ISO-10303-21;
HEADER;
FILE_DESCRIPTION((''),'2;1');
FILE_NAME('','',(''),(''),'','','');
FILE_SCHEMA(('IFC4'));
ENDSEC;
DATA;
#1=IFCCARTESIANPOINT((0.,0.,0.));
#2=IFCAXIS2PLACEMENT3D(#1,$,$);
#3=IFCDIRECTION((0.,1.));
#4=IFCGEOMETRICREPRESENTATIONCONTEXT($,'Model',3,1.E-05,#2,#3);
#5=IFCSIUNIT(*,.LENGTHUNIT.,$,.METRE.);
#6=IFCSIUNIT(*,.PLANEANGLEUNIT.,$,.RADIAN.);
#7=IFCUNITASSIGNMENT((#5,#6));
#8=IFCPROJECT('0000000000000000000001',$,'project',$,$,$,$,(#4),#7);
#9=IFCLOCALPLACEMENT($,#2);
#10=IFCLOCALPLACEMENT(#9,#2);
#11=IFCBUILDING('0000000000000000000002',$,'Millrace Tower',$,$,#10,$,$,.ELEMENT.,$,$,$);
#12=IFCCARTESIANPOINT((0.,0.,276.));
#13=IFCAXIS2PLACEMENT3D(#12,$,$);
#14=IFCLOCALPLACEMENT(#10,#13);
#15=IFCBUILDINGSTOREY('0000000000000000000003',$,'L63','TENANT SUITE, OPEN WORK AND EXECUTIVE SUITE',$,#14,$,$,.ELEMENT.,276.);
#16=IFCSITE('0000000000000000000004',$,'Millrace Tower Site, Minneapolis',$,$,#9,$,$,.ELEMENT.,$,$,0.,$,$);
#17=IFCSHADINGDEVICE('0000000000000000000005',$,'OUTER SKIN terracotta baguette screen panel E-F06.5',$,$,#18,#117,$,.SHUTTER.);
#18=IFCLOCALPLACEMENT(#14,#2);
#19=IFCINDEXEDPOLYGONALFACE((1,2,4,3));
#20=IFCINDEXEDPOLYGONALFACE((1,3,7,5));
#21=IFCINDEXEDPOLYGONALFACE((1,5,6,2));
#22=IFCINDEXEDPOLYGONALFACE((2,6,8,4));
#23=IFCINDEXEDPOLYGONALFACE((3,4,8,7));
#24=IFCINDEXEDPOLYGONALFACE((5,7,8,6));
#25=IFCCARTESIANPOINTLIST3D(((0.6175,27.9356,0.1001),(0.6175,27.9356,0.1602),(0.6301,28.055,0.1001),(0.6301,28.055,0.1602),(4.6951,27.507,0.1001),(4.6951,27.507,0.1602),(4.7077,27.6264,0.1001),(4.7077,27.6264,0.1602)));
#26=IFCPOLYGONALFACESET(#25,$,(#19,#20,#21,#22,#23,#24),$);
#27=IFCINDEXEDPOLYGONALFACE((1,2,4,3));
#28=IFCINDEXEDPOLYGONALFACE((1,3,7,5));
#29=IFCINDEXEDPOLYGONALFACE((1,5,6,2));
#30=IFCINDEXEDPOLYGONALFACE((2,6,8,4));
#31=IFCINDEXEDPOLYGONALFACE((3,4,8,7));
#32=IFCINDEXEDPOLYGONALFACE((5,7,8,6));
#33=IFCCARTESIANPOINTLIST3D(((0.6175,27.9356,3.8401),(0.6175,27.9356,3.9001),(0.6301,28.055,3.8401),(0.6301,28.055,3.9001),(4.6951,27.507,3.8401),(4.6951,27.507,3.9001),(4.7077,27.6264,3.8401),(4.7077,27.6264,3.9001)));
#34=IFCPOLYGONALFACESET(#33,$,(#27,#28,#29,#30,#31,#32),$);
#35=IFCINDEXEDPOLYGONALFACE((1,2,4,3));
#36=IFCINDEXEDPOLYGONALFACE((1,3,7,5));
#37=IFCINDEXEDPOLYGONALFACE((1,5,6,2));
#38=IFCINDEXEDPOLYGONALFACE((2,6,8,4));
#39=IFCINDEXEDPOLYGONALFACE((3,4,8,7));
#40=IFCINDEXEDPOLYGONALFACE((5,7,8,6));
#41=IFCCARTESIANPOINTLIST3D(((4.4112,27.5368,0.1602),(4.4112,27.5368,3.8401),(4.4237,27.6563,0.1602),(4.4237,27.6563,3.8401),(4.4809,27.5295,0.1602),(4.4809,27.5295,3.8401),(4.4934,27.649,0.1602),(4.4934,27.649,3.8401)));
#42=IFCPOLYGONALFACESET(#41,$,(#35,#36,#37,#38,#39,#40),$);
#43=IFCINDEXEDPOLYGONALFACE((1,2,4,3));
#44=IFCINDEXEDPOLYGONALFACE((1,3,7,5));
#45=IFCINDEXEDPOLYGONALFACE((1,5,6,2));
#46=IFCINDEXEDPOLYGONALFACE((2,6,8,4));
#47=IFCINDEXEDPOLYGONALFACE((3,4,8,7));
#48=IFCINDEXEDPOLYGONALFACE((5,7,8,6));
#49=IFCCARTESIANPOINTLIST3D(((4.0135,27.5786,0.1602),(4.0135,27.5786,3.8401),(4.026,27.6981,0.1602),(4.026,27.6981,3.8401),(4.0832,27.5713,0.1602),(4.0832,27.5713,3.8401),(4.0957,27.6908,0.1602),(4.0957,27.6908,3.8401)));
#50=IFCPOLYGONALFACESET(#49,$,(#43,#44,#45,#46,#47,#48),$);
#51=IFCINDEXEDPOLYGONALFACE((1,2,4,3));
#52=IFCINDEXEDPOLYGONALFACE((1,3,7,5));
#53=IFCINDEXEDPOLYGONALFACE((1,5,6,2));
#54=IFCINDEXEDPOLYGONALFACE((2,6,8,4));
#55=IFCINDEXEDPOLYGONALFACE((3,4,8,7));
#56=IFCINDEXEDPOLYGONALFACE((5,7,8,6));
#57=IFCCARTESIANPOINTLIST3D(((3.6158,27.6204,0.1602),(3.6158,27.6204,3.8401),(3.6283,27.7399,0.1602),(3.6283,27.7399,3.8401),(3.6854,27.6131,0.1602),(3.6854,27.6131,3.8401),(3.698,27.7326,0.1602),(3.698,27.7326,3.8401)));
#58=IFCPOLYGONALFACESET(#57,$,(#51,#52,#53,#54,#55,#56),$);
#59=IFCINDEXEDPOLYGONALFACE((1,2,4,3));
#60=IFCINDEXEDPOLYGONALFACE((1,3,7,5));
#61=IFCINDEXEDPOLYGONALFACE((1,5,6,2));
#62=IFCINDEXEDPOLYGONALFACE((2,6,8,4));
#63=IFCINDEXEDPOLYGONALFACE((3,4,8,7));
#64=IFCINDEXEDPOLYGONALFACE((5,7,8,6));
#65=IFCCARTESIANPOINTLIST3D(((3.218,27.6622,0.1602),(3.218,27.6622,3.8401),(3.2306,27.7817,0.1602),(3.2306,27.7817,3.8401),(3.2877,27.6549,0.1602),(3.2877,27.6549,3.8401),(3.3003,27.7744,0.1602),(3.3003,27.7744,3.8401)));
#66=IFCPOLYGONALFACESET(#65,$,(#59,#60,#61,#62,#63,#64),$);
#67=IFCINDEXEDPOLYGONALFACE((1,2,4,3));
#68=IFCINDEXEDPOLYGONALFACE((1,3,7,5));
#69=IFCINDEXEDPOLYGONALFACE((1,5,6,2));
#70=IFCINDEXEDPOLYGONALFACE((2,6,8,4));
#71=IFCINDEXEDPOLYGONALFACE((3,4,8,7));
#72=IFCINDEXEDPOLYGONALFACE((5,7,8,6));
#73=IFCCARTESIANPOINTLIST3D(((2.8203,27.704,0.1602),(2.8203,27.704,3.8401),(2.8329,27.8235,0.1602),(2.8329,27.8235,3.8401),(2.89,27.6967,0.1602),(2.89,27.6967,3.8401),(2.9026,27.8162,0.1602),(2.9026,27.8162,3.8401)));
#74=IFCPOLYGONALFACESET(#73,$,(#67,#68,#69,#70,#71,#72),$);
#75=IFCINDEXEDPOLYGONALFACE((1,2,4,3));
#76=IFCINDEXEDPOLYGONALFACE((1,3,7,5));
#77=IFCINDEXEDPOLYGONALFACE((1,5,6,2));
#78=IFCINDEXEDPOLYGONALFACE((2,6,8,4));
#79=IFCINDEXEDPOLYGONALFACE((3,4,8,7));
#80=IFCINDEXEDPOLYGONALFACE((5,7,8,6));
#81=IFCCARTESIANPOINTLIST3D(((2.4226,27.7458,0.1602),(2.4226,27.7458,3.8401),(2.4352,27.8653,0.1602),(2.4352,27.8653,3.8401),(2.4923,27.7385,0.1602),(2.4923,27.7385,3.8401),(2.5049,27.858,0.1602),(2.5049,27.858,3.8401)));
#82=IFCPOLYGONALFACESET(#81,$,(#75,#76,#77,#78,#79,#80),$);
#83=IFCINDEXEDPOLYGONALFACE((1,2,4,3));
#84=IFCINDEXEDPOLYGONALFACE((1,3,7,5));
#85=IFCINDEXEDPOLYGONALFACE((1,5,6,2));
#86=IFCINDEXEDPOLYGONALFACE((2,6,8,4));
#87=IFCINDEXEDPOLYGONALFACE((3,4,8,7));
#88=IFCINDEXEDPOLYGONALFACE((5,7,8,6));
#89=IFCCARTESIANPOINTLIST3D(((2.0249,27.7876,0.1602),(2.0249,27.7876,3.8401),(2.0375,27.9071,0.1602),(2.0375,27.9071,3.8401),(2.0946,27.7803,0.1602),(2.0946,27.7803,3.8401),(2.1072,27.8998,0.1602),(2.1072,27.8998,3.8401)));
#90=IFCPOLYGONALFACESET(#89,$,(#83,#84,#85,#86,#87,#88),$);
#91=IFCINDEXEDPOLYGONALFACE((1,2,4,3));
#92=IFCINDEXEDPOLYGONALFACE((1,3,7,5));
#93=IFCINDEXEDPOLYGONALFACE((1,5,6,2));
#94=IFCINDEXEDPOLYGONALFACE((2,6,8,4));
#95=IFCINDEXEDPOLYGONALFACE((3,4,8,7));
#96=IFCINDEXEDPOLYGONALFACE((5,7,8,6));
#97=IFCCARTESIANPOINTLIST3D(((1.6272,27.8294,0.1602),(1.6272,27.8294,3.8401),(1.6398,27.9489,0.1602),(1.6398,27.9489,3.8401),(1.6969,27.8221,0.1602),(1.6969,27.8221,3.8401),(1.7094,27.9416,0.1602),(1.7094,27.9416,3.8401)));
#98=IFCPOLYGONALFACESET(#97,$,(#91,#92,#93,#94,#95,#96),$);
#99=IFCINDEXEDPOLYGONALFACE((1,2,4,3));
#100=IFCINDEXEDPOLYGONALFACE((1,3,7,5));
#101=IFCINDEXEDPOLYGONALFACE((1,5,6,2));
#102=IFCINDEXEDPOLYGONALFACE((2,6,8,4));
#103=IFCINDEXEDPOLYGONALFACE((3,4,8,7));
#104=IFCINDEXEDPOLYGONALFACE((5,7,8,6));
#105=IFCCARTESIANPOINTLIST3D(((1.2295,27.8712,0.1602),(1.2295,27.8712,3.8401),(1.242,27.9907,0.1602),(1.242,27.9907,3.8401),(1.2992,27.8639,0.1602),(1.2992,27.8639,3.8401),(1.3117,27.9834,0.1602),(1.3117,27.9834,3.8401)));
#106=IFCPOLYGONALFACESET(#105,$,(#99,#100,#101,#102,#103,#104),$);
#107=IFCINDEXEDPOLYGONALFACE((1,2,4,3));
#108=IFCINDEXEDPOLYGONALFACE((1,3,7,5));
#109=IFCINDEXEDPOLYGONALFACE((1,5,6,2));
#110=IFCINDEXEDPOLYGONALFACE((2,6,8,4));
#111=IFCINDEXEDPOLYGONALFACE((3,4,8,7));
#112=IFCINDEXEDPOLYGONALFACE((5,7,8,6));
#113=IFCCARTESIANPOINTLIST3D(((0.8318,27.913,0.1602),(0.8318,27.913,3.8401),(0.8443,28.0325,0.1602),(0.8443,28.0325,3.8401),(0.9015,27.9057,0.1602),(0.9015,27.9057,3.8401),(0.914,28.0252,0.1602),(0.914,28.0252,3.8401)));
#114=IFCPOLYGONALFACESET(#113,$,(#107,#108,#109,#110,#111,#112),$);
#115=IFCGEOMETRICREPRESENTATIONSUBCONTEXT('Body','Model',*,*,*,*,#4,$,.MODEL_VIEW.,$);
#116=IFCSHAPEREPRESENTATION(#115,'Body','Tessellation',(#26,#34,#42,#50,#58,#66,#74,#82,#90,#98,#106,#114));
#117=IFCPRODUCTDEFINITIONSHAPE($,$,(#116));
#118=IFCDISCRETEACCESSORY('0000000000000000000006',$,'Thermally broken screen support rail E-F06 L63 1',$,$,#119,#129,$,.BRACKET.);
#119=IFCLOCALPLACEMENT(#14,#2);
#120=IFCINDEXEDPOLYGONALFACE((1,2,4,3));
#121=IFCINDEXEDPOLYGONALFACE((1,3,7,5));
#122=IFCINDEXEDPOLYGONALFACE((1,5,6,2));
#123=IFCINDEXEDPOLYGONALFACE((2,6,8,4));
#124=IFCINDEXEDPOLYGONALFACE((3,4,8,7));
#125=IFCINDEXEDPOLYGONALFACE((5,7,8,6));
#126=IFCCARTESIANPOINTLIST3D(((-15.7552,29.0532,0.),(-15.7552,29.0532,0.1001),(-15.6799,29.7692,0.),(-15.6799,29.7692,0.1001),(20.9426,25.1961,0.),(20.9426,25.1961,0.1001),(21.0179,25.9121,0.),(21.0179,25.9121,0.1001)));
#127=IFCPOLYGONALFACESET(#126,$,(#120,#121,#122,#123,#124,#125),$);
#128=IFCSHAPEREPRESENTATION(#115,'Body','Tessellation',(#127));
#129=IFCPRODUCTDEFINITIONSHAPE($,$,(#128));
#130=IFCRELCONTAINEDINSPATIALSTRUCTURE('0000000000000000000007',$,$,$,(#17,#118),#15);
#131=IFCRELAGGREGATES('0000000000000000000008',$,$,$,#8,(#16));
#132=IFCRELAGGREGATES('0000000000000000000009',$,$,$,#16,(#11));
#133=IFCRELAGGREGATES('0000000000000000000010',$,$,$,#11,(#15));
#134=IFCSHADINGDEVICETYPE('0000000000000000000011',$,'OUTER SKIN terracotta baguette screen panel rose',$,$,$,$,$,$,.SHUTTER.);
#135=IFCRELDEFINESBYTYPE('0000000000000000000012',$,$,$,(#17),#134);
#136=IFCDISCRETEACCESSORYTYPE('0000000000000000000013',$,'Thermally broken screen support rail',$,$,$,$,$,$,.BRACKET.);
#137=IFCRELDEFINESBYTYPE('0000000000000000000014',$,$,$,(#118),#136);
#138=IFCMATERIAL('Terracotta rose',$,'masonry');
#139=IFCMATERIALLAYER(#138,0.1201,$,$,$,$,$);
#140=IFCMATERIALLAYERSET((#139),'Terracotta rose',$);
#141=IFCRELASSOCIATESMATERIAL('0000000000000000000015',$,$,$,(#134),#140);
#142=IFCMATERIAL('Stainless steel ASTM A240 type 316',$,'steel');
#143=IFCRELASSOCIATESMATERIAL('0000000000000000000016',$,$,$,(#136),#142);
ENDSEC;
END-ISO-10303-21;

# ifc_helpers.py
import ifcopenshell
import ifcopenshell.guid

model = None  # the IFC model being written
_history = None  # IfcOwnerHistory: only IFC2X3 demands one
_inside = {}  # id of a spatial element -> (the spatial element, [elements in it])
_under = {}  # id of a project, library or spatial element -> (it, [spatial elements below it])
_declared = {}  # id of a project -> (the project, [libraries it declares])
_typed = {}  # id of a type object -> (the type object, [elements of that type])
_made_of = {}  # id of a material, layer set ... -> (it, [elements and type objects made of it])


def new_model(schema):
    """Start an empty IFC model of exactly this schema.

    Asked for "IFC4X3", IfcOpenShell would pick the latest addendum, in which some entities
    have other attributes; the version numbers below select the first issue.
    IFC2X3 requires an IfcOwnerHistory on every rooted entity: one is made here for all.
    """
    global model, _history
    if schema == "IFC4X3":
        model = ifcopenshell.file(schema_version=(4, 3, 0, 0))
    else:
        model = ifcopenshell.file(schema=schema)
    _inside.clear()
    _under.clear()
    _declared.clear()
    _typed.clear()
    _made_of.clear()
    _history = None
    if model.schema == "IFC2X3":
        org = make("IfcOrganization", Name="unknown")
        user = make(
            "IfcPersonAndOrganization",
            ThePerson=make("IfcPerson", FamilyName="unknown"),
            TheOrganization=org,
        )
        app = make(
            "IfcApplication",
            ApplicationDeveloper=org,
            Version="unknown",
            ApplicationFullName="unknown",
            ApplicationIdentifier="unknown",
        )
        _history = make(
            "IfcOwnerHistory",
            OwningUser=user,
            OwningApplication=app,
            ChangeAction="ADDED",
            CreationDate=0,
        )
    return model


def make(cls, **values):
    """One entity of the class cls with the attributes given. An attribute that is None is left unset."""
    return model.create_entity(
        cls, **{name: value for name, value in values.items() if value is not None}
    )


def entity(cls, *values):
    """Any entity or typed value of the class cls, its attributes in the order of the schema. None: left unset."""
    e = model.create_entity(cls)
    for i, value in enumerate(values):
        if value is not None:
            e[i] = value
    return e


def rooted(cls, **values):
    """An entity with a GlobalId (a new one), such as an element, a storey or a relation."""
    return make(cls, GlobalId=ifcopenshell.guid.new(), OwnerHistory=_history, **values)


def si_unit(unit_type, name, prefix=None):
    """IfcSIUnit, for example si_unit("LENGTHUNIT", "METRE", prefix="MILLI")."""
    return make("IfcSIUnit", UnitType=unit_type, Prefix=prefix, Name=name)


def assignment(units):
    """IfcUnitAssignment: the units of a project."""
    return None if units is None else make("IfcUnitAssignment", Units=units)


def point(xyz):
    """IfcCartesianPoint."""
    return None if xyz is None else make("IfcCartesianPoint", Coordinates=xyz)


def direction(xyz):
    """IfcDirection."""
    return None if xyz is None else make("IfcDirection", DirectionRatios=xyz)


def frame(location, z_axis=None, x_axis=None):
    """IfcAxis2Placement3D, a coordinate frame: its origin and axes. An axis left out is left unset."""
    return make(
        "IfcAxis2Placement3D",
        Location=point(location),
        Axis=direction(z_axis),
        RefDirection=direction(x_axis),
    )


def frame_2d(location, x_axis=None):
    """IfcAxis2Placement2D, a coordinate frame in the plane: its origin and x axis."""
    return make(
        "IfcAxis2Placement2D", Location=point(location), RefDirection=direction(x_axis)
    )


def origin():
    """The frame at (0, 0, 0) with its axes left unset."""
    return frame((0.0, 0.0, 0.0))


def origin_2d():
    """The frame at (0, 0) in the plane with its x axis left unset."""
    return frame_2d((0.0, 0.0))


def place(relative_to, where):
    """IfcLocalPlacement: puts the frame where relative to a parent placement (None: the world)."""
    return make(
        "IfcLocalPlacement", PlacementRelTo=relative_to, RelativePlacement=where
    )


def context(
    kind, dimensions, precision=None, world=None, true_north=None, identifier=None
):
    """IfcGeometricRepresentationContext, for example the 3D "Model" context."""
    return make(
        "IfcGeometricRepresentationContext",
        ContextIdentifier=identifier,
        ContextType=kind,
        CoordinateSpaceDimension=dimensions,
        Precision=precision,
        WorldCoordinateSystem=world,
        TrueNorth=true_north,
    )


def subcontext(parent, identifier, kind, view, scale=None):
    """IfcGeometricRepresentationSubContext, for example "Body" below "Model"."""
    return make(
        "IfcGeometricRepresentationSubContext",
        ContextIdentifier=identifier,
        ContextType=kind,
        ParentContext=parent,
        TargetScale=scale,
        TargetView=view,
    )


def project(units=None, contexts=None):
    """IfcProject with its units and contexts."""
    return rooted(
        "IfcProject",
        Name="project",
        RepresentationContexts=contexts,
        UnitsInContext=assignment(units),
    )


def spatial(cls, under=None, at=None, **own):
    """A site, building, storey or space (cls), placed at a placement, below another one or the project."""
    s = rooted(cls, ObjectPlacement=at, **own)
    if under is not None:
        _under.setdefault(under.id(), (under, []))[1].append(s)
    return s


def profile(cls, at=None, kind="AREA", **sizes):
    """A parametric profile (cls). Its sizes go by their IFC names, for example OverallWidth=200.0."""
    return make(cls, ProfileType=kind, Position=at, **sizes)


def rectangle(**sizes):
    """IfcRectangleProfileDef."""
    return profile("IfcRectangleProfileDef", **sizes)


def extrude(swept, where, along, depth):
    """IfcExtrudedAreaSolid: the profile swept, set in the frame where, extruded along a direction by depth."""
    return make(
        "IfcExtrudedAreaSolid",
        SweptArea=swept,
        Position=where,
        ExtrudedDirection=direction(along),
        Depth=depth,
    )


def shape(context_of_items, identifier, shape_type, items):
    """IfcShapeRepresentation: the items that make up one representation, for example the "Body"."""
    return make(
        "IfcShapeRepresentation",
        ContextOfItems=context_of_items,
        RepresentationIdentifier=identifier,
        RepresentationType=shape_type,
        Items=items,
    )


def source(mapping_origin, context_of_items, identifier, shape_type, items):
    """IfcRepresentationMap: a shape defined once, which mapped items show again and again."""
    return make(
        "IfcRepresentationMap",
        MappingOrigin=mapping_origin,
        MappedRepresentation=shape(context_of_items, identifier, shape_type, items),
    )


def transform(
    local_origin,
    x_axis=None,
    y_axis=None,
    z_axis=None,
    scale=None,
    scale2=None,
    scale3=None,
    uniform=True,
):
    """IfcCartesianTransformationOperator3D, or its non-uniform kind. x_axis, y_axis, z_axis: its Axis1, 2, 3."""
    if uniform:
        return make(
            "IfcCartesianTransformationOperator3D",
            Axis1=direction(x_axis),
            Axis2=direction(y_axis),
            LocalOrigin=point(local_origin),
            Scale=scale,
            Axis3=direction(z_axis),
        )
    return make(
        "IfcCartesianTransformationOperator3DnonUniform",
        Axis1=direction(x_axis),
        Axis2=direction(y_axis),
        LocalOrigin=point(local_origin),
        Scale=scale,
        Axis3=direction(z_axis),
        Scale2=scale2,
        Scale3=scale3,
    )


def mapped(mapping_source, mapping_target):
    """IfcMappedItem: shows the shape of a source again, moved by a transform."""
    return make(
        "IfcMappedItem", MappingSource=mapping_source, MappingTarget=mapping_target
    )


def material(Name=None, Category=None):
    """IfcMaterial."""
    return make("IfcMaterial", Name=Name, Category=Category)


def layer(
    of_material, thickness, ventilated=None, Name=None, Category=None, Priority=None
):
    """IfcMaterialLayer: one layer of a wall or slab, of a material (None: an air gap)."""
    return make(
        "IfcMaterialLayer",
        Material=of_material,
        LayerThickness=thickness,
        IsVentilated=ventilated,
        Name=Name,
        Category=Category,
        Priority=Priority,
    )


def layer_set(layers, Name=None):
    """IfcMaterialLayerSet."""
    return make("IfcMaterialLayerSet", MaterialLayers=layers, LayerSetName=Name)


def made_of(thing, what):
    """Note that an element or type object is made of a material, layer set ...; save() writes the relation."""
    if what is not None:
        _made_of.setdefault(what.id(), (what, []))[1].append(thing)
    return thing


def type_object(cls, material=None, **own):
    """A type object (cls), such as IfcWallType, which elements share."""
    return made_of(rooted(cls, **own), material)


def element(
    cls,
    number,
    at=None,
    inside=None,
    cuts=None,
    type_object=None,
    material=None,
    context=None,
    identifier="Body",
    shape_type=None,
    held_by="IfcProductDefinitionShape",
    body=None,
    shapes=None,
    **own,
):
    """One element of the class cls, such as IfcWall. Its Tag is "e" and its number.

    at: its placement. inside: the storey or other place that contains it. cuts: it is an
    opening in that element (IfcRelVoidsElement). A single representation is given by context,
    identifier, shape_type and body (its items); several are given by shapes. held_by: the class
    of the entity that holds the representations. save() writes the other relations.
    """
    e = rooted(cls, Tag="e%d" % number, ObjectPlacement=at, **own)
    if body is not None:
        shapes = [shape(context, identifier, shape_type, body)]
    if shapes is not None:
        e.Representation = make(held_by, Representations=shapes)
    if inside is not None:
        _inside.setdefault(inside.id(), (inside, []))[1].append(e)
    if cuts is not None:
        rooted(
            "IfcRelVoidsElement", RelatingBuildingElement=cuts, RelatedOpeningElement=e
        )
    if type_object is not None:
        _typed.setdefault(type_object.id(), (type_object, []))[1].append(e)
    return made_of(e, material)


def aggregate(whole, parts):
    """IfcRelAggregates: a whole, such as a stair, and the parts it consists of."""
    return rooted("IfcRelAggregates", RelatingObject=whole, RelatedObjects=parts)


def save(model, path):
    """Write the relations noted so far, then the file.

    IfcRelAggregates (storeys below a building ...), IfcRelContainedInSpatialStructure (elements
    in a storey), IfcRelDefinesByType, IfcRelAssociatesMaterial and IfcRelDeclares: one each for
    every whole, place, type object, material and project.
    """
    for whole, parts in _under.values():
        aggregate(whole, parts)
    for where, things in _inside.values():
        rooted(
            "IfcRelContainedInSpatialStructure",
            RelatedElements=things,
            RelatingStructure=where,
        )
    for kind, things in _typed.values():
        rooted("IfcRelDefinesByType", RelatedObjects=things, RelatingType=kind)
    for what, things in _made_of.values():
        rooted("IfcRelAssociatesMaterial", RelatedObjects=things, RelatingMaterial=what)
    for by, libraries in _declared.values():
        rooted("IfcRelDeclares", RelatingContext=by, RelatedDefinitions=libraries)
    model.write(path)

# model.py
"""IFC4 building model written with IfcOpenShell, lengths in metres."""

from ifc_helpers import new_model, entity, si_unit, direction, frame, frame_2d, origin, origin_2d, place, context, subcontext, project, spatial, rectangle, extrude, source, transform, mapped, material, layer, layer_set, type_object, element, save


model = new_model("IFC4")

# Units and contexts
model_context = context("Model", 3, precision=1e-05, world=origin(), true_north=direction((0.0, 1.0)))
body_context = subcontext(model_context, "Body", "Model", "MODEL_VIEW")
ifc_project = project(units=[si_unit("LENGTHUNIT", "METRE"), si_unit("PLANEANGLEUNIT", "RADIAN")], contexts=[model_context])

# Site, building, storey
site_placement = place(None, origin())
site = spatial("IfcSite", under=ifc_project, at=site_placement, Name="Millrace Tower Site, Minneapolis", CompositionType="ELEMENT", RefElevation=0.0)
building_placement = place(site_placement, origin())
building = spatial("IfcBuilding", under=site, at=building_placement, Name="Millrace Tower", CompositionType="ELEMENT")
storey_placement = place(building_placement, frame((0.0, 0.0, 276.0)))
storey = spatial("IfcBuildingStorey", under=building, at=storey_placement, Name="L63", Description="TENANT SUITE, OPEN WORK AND EXECUTIVE SUITE", CompositionType="ELEMENT", Elevation=276.0)

# Shading device
ifc_material_1 = material(Name="Terracotta rose", Category="masonry")
ifc_layer_1 = layer(ifc_material_1, 0.1201)
ifc_layer_set_1 = layer_set([ifc_layer_1], Name="Terracotta rose")
shading_device_type = type_object("IfcShadingDeviceType", Name="OUTER SKIN terracotta baguette screen panel rose", PredefinedType="SHUTTER", material=ifc_layer_set_1)
cartesian_point = entity("IfcCartesianPoint", [-2.05, 0.0601])
shared_polyline = entity("IfcPolyline", [cartesian_point, entity("IfcCartesianPoint", [2.05, 0.0601]), entity("IfcCartesianPoint", [2.05, -0.0601]), entity("IfcCartesianPoint", [-2.05, -0.0601]), cartesian_point])
shared_shape = source(origin(), body_context, "Body", "SweptSolid", [
    entity("IfcExtrudedAreaSolid", entity("IfcArbitraryClosedProfileDef", "AREA", None, shared_polyline), entity("IfcAxis2Placement3D", entity("IfcCartesianPoint", [0.0, 0.0, 0.0])), entity("IfcDirection", [0.0, 0.0, 1.0]), 0.0601),
    entity("IfcExtrudedAreaSolid", entity("IfcArbitraryClosedProfileDef", "AREA", None, shared_polyline), entity("IfcAxis2Placement3D", entity("IfcCartesianPoint", [0.0, 0.0, 3.74])), entity("IfcDirection", [0.0, 0.0, 1.0]), 0.0601),
    extrude(rectangle(XDim=0.0701, YDim=0.1201, at=frame_2d((-1.7996, 0.0))), frame((0.0, 0.0, 0.0601)), (0.0, 0.0, 1.0), 3.6799),
    extrude(rectangle(XDim=0.0701, YDim=0.1201, at=frame_2d((-1.3997, 0.0))), frame((0.0, 0.0, 0.0601)), (0.0, 0.0, 1.0), 3.6799),
    extrude(rectangle(XDim=0.0701, YDim=0.1201, at=frame_2d((-0.9998, 0.0))), frame((0.0, 0.0, 0.0601)), (0.0, 0.0, 1.0), 3.6799),
    extrude(rectangle(XDim=0.0701, YDim=0.1201, at=frame_2d((-0.5999, 0.0))), frame((0.0, 0.0, 0.0601)), (0.0, 0.0, 1.0), 3.6799),
    extrude(rectangle(XDim=0.0701, YDim=0.1201, at=frame_2d((-0.2, 0.0))), frame((0.0, 0.0, 0.0601)), (0.0, 0.0, 1.0), 3.6799),
    extrude(rectangle(XDim=0.0701, YDim=0.1201, at=frame_2d((0.2, 0.0))), frame((0.0, 0.0, 0.0601)), (0.0, 0.0, 1.0), 3.6799),
    extrude(rectangle(XDim=0.0701, YDim=0.1201, at=frame_2d((0.5999, 0.0))), frame((0.0, 0.0, 0.0601)), (0.0, 0.0, 1.0), 3.6799),
    extrude(rectangle(XDim=0.0701, YDim=0.1201, at=frame_2d((0.9998, 0.0))), frame((0.0, 0.0, 0.0601)), (0.0, 0.0, 1.0), 3.6799),
    extrude(rectangle(XDim=0.0701, YDim=0.1201, at=frame_2d((1.3997, 0.0))), frame((0.0, 0.0, 0.0601)), (0.0, 0.0, 1.0), 3.6799),
    extrude(rectangle(XDim=0.0701, YDim=0.1201, at=frame_2d((1.7996, 0.0))), frame((0.0, 0.0, 0.0601)), (0.0, 0.0, 1.0), 3.6799),
])
for number, where, z_axis, x_axis, name in (
    (1, (2.6626, 27.781, 0.1001), (0.0, 0.0, 1.0), (-0.994522, 0.104528, 0.0), "OUTER SKIN terracotta baguette screen panel E-F06.5"),
):
    element("IfcShadingDevice", number, at=place(storey_placement, frame(where, z_axis=z_axis, x_axis=x_axis)), inside=storey, type_object=shading_device_type, Name=name, PredefinedType="SHUTTER", context=body_context, shape_type="MappedRepresentation", body=[
        mapped(shared_shape, transform((0.0, 0.0, 0.0), scale=1.0)),
    ])

# Discrete accessory
ifc_material_2 = material(Name="Stainless steel ASTM A240 type 316", Category="steel")
discrete_accessory_type = type_object("IfcDiscreteAccessoryType", Name="Thermally broken screen support rail", PredefinedType="BRACKET", material=ifc_material_2)
discrete_accessory_placement = place(storey_placement, frame((2.6313, 27.4827, 0.0), z_axis=(0.0, 0.0, 1.0), x_axis=(-0.994522, 0.104528, 0.0)))
element("IfcDiscreteAccessory", 2, at=discrete_accessory_placement, inside=storey, type_object=discrete_accessory_type, Name="Thermally broken screen support rail E-F06 L63 1", PredefinedType="BRACKET", context=body_context, shape_type="SweptSolid", body=[
    extrude(rectangle(XDim=36.8999, YDim=0.72, at=origin_2d()), origin(), (0.0, 0.0, 1.0), 0.1001),
])

save(model, "model.ifc")
